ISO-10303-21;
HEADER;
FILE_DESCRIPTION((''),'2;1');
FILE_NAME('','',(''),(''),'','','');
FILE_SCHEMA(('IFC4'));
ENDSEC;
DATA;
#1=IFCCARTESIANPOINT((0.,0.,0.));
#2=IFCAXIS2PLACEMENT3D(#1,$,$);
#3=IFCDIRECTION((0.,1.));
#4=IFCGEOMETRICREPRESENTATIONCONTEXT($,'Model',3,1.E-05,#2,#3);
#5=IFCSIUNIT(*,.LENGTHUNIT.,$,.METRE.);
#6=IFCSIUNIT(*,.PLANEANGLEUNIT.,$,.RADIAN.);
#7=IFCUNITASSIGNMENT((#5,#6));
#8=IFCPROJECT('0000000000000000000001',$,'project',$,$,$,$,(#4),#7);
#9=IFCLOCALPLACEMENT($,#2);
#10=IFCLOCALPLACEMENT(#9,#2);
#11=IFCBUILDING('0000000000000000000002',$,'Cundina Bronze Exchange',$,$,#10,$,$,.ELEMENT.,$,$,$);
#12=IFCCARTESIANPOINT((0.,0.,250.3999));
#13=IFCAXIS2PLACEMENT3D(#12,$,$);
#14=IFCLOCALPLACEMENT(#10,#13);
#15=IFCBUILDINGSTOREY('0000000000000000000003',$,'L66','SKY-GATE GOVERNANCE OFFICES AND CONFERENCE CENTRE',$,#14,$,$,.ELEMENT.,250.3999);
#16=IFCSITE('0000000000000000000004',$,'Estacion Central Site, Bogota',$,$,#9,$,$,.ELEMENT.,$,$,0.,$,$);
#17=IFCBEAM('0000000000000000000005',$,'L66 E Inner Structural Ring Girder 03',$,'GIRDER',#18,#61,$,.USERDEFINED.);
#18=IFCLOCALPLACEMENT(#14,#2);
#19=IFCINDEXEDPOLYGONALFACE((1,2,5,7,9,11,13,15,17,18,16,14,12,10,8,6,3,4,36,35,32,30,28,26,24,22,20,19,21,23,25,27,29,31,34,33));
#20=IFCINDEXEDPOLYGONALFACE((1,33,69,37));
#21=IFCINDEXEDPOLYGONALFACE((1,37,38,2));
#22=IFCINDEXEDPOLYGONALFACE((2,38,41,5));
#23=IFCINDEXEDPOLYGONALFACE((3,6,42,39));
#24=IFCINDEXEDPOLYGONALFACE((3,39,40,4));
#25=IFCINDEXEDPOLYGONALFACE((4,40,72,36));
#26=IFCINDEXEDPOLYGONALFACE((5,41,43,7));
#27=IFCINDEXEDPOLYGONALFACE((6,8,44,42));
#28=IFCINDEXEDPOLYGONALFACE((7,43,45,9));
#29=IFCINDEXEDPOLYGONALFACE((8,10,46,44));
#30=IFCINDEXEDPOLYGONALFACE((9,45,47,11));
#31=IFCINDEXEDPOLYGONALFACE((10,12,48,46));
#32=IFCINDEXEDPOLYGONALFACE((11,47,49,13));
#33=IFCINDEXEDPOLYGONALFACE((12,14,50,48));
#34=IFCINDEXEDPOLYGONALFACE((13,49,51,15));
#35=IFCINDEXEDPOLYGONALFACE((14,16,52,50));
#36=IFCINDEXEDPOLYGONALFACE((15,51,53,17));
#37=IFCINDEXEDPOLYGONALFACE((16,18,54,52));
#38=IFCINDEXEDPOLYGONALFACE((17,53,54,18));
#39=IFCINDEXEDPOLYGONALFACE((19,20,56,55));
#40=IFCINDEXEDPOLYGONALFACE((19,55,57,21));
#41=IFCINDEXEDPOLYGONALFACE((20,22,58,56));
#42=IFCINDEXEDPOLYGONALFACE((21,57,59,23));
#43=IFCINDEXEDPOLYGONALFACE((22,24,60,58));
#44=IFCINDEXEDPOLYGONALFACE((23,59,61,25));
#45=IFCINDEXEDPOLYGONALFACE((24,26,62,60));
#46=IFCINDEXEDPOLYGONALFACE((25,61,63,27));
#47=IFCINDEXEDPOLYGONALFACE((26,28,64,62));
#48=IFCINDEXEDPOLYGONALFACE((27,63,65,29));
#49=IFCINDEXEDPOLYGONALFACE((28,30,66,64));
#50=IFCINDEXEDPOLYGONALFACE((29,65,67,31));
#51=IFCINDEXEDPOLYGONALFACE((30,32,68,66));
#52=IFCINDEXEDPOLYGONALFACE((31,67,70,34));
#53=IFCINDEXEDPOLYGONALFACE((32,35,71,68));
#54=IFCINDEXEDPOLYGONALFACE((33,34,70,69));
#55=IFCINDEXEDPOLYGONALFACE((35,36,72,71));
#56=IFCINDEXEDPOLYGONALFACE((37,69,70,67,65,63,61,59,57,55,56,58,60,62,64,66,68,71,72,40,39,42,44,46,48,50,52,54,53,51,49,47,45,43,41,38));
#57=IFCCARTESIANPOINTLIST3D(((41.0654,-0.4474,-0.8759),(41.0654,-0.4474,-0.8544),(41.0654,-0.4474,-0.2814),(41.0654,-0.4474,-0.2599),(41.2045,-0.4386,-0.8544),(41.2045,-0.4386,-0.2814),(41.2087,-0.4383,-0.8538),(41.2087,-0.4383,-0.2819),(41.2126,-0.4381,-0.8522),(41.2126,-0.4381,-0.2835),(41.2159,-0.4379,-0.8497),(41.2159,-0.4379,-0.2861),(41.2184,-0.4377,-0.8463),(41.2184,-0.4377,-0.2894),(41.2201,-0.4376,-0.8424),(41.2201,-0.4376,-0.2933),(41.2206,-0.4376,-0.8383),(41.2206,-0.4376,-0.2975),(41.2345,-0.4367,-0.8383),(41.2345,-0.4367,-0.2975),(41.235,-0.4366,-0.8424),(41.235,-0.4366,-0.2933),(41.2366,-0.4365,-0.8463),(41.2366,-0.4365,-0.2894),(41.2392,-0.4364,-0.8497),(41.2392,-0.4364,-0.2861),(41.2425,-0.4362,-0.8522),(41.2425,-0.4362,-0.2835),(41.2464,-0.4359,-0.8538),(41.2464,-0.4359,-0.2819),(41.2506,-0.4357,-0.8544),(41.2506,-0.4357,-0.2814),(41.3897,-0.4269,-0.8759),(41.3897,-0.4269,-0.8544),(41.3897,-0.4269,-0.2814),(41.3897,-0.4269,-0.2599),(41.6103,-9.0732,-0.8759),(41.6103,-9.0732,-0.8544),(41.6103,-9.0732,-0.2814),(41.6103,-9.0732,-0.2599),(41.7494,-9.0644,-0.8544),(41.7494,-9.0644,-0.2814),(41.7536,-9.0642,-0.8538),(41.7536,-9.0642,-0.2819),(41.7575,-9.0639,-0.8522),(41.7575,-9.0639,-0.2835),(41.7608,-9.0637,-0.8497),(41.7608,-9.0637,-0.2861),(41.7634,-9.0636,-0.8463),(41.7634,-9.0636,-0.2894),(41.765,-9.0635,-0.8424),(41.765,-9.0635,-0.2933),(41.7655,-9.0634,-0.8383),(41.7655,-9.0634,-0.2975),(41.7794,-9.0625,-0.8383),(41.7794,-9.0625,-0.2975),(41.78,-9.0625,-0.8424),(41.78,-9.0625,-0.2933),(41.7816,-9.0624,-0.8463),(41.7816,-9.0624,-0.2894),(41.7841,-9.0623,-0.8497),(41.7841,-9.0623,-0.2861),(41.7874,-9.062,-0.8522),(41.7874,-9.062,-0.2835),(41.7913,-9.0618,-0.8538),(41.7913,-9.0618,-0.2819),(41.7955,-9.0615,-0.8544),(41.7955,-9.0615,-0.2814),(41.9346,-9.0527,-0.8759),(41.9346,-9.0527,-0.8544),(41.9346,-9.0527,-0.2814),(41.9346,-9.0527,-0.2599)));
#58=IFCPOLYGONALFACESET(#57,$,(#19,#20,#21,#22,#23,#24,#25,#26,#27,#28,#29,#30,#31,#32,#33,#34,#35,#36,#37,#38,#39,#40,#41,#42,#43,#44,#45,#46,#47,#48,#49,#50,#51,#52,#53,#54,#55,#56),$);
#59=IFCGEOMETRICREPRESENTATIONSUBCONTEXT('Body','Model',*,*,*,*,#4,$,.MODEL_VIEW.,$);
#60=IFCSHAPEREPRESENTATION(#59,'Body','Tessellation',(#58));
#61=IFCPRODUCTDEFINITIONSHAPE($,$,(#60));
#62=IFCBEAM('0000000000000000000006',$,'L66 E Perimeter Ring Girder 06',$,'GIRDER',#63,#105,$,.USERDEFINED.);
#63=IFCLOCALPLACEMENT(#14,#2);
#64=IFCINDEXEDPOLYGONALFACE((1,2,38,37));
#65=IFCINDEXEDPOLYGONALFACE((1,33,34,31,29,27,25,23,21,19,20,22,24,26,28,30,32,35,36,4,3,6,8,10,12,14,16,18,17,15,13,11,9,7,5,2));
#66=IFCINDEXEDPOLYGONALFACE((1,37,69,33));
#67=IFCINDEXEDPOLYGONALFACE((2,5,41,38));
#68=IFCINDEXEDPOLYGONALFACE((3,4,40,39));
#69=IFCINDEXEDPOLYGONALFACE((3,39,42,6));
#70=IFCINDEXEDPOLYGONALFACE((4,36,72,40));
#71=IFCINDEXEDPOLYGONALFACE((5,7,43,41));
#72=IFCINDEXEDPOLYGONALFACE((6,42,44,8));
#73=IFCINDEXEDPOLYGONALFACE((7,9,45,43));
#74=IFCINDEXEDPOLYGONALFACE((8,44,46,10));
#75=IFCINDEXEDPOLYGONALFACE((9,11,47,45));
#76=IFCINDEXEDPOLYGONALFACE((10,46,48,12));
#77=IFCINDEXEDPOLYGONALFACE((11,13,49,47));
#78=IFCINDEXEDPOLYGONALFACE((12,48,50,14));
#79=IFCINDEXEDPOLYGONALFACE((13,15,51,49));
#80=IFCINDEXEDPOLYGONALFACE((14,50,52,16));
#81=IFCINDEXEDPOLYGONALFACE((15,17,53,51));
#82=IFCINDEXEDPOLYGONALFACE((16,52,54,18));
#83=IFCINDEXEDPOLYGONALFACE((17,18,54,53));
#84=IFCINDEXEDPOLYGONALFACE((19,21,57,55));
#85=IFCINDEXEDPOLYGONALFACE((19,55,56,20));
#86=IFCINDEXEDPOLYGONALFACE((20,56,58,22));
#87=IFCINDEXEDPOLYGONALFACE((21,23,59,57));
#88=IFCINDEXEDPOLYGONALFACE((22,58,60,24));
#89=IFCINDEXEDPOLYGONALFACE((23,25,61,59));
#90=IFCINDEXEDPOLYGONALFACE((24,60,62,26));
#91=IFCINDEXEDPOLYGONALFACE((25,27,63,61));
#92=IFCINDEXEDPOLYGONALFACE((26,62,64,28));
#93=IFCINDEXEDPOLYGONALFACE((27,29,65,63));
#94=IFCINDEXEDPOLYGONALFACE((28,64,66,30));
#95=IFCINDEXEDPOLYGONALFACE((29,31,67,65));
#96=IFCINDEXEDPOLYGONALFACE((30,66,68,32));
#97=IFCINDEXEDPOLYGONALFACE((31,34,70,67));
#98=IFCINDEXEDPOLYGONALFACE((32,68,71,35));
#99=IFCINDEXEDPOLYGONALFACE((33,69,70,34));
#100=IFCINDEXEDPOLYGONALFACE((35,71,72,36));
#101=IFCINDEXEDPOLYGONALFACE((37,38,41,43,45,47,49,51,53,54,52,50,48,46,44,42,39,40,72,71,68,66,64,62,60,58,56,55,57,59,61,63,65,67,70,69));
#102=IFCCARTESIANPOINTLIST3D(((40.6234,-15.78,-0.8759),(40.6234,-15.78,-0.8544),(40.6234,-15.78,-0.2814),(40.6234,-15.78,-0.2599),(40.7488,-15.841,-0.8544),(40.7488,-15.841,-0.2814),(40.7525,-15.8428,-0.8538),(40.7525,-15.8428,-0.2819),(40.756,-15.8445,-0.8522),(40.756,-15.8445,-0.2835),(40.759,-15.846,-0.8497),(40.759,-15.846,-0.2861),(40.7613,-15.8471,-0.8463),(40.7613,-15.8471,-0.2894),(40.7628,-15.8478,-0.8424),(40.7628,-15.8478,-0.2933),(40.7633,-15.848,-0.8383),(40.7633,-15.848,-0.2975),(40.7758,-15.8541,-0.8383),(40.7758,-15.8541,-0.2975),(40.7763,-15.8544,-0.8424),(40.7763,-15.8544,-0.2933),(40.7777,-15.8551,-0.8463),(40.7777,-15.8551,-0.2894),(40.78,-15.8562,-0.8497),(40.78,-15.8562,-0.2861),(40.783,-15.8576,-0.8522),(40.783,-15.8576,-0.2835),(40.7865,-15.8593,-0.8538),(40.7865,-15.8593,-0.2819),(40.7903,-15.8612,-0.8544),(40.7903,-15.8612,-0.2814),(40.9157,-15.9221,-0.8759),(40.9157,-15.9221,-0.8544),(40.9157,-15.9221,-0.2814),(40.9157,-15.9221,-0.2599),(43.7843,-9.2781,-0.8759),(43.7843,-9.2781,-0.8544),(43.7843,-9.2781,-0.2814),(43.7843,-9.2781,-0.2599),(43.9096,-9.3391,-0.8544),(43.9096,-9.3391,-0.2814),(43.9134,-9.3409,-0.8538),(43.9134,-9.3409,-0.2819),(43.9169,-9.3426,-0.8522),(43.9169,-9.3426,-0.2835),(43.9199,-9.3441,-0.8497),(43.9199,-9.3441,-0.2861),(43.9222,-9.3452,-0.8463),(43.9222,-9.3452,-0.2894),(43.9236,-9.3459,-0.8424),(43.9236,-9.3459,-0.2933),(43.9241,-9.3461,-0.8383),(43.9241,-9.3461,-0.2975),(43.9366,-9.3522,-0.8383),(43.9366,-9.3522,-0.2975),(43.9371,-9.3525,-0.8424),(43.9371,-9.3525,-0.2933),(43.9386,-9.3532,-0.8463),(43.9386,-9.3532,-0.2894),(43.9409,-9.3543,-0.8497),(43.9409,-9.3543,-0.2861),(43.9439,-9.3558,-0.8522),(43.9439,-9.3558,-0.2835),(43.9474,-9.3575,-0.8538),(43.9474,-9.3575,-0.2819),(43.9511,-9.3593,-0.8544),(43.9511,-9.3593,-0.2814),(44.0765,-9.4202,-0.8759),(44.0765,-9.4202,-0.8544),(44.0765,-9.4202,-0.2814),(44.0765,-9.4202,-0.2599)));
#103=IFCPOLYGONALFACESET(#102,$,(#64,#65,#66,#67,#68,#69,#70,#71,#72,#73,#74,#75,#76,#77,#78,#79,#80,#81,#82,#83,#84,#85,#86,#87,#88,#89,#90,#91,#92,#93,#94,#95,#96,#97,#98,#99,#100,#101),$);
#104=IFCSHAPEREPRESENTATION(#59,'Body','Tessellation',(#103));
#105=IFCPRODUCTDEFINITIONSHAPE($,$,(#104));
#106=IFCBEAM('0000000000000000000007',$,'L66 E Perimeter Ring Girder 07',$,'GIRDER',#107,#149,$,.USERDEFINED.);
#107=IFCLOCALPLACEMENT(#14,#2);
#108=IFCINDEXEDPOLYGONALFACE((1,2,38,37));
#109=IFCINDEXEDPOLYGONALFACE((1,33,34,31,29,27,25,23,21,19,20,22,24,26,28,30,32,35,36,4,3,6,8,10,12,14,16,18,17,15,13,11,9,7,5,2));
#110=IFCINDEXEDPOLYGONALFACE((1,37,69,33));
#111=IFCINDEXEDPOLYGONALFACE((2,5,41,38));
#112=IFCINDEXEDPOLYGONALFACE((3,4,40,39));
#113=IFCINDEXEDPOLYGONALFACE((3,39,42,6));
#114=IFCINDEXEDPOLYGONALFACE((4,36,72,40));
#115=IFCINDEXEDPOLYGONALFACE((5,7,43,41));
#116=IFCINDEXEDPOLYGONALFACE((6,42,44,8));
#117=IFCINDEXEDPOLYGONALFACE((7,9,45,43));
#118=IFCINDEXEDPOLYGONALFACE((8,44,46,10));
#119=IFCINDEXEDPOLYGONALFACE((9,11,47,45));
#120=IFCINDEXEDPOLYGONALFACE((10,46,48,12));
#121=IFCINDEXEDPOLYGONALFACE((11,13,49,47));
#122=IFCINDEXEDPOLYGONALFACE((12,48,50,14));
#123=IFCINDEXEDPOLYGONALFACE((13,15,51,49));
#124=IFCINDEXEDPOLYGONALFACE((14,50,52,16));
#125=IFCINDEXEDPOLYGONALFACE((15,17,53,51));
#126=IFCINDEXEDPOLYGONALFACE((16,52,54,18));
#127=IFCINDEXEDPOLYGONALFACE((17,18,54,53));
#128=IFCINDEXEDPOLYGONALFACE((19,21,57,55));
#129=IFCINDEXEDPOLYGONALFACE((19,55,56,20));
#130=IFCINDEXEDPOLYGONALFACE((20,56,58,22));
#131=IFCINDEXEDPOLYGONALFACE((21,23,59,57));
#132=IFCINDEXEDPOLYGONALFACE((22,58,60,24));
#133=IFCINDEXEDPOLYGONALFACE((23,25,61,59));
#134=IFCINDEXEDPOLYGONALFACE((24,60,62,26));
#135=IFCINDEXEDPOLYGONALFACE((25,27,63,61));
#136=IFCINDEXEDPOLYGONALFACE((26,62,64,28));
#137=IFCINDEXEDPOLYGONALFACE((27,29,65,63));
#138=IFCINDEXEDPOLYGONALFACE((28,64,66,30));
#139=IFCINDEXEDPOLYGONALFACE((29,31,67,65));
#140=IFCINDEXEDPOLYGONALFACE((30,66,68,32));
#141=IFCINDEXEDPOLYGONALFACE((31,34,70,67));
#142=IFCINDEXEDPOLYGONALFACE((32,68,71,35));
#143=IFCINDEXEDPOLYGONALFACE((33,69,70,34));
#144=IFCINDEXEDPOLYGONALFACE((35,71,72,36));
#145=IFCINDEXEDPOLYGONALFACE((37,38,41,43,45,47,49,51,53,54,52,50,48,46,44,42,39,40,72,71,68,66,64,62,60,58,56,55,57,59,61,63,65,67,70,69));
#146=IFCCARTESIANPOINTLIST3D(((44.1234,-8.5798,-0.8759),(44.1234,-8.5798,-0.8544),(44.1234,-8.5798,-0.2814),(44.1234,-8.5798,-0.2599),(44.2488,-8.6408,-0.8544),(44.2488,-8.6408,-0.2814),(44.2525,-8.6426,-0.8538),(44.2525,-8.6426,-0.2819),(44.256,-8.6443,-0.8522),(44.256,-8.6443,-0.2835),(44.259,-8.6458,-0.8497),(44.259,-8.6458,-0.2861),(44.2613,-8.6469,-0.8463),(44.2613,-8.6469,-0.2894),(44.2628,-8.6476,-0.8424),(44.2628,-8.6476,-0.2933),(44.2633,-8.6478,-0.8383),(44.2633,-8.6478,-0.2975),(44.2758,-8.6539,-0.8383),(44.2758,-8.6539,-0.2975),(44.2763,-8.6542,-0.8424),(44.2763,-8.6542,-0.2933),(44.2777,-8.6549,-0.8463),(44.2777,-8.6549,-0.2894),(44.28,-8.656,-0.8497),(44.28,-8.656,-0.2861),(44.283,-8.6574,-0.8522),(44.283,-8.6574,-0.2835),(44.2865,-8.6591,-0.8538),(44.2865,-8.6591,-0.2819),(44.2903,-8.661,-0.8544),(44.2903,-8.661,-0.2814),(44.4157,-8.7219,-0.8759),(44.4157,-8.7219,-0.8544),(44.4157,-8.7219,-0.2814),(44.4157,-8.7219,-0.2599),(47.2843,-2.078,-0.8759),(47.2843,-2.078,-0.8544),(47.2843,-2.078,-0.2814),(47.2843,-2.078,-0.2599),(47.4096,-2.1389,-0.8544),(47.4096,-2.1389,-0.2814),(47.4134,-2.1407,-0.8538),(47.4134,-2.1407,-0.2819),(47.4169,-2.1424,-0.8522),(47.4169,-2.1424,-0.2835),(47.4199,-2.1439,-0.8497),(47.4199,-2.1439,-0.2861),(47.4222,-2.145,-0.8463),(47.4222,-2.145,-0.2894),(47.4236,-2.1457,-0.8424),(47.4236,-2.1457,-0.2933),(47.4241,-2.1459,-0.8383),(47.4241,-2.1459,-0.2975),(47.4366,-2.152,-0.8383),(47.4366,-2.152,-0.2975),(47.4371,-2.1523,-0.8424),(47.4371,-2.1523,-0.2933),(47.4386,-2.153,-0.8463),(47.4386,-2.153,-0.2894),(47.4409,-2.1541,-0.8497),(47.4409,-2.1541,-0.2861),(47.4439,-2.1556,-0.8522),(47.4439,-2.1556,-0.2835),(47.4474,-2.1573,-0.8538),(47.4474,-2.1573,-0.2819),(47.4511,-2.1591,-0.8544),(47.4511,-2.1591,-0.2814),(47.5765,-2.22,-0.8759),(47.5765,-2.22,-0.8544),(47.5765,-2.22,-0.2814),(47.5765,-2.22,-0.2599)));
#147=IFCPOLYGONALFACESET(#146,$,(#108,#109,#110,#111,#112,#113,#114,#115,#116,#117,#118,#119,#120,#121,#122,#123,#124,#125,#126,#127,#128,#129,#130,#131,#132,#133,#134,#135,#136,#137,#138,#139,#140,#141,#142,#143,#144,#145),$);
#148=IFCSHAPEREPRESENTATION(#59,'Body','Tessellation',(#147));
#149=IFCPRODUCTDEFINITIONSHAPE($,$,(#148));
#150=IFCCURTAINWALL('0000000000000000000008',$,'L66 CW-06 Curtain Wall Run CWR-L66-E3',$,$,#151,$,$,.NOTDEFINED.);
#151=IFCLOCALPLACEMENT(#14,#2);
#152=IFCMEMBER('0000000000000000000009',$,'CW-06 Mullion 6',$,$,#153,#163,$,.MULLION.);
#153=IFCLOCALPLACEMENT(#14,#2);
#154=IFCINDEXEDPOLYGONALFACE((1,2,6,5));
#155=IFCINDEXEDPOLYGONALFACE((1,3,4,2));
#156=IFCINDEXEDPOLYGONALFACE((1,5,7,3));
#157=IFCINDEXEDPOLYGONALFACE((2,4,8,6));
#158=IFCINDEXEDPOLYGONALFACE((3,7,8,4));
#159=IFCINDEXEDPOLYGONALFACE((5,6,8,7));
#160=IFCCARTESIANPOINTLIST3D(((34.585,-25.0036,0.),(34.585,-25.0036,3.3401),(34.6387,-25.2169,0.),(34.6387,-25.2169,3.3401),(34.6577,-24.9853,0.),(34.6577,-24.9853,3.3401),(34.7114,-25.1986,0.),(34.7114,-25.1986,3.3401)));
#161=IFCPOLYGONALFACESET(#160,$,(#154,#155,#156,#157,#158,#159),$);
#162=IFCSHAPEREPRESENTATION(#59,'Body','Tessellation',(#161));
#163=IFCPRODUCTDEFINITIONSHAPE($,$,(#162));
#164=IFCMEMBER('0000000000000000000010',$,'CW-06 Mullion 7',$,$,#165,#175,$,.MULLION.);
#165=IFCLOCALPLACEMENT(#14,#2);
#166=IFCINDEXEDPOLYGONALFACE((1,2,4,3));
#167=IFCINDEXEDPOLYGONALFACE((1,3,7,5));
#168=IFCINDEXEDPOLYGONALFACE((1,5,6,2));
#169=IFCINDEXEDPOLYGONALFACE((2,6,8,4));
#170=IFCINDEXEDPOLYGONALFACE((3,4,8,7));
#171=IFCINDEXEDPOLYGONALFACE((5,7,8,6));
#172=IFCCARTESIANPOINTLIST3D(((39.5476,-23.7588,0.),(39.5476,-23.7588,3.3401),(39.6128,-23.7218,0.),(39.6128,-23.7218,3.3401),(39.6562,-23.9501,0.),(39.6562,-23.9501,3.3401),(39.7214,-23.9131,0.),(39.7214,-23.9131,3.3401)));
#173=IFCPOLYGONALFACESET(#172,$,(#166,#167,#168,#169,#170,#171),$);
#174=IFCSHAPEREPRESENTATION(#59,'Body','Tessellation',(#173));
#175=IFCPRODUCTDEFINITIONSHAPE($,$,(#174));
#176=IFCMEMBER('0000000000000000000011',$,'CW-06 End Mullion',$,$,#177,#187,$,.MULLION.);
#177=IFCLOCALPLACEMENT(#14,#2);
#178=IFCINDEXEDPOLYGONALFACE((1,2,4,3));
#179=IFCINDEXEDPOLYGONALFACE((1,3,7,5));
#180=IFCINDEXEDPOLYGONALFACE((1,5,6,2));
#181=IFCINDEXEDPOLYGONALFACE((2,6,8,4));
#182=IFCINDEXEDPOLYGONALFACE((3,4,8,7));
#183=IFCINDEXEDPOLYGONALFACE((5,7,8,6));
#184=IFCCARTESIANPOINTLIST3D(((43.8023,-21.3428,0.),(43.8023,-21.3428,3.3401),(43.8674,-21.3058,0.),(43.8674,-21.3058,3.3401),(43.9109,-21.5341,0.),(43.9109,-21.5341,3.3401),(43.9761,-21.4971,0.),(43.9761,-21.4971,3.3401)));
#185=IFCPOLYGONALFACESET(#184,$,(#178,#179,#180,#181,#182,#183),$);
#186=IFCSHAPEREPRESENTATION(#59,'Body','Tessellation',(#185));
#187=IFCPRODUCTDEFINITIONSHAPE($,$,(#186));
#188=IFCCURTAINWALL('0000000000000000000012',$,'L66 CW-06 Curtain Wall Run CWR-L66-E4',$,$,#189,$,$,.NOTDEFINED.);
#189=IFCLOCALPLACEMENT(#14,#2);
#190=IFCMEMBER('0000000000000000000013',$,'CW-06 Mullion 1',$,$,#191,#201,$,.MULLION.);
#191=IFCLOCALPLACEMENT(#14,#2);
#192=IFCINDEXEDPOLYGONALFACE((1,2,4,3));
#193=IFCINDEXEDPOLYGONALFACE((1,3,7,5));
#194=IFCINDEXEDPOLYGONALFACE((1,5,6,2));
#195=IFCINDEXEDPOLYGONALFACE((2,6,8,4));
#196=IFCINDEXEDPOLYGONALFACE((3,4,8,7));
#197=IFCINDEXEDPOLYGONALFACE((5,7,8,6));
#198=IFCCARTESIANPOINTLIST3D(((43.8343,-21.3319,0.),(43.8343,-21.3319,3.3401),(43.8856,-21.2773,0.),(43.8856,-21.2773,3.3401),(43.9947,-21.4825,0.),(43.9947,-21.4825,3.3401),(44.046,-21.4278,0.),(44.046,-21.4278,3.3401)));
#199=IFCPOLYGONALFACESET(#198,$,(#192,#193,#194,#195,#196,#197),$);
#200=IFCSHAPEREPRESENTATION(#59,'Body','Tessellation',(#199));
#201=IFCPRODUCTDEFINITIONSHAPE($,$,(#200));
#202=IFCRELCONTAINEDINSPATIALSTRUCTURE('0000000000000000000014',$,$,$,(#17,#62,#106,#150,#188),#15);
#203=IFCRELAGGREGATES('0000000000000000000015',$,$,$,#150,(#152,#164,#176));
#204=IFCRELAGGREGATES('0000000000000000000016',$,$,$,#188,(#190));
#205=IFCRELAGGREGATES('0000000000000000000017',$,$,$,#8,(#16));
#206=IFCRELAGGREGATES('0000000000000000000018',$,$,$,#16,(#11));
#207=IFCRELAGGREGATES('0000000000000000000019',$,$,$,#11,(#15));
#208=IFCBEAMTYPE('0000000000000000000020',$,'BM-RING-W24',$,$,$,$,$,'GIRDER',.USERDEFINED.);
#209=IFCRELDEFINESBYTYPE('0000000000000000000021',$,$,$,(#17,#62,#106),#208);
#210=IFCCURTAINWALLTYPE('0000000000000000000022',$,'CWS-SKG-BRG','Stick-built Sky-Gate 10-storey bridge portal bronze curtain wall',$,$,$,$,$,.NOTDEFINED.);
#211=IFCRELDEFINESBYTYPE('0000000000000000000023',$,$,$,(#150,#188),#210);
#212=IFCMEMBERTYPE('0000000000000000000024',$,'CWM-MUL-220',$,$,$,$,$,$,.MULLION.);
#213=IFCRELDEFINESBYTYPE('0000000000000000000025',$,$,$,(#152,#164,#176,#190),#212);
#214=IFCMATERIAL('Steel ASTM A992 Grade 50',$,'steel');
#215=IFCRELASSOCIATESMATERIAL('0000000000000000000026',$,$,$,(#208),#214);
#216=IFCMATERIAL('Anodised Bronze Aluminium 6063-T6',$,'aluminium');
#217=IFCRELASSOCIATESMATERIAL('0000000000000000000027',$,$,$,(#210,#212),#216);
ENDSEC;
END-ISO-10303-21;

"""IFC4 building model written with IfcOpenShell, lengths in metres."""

from ifc_helpers import new_model, si_unit, direction, frame, origin, origin_2d, place, context, subcontext, project, spatial, rectangle, i_section, extrude, material, material_profile, profile_set, type_object, element, aggregate, save


model = new_model("IFC4")

# Units and contexts
model_context = context("Model", 3, precision=1e-05, world=origin(), true_north=direction((0.0, 1.0)))
body_context = subcontext(model_context, "Body", "Model", "MODEL_VIEW")
ifc_project = project(units=[si_unit("LENGTHUNIT", "METRE"), si_unit("PLANEANGLEUNIT", "RADIAN")], contexts=[model_context])

# Site, building, storey
site_placement = place(None, origin())
site = spatial("IfcSite", under=ifc_project, at=site_placement, Name="Estacion Central Site, Bogota", CompositionType="ELEMENT", RefElevation=0.0)
building_placement = place(site_placement, origin())
building = spatial("IfcBuilding", under=site, at=building_placement, Name="Cundina Bronze Exchange", CompositionType="ELEMENT")
storey_placement = place(building_placement, frame((0.0, 0.0, 250.3999)))
storey = spatial("IfcBuildingStorey", under=building, at=storey_placement, Name="L66", Description="SKY-GATE GOVERNANCE OFFICES AND CONFERENCE CENTRE", CompositionType="ELEMENT", Elevation=250.3999)

# Beams
ifc_material_1 = material(Name="Steel ASTM A992 Grade 50", Category="steel")
ifc_material_profile_1 = material_profile(ifc_material_1, i_section(OverallWidth=0.325, OverallDepth=0.616, WebThickness=0.0139, FlangeThickness=0.0215, FilletRadius=0.0161, at=origin_2d()), Name="W24X117", Category="steel")
ifc_profile_set_1 = profile_set([ifc_material_profile_1], Name="Steel ASTM A992 Grade 50")
beam_type_1 = type_object("IfcBeamType", Name="BM-RING-W24", ElementType="GIRDER", PredefinedType="USERDEFINED", material=ifc_profile_set_1)
beam_1_placement = place(storey_placement, frame((41.7725, -9.063, -0.5679), z_axis=(-0.063047, 0.998011, 0.0), x_axis=(-0.998011, -0.063047, 0.0)))
element("IfcBeam", 1, at=beam_1_placement, inside=storey, type_object=beam_type_1, Name="L66 E Inner Structural Ring Girder 03", ObjectType="GIRDER", PredefinedType="USERDEFINED", context=body_context, shape_type="SweptSolid", body=[
    extrude(i_section(OverallWidth=0.325, OverallDepth=0.616, WebThickness=0.0139, FlangeThickness=0.0215, FilletRadius=0.0161, at=origin_2d()), origin(), (0.0, 0.0, 1.0), 8.6431),
])
for number, where, z_axis, x_axis, name in (
    (2, (40.7695, -15.8511, -0.5679), (0.437217, 0.899356, 0.0), (-0.899356, 0.437217, 0.0), "L66 E Perimeter Ring Girder 06"),
    (3, (44.2695, -8.6509, -0.5679), (0.437217, 0.899356, 0.0), (-0.899356, 0.437217, 0.0), "L66 E Perimeter Ring Girder 07"),
):
    element("IfcBeam", number, at=place(storey_placement, frame(where, z_axis=z_axis, x_axis=x_axis)), inside=storey, type_object=beam_type_1, Name=name, ObjectType="GIRDER", PredefinedType="USERDEFINED", context=body_context, shape_type="SweptSolid", body=[
        extrude(i_section(OverallWidth=0.325, OverallDepth=0.616, WebThickness=0.0139, FlangeThickness=0.0215, FilletRadius=0.0161, at=origin_2d()), origin(), (0.0, 0.0, 1.0), 7.2295),
    ])

# Curtain walls, members
ifc_material_2 = material(Name="Anodised Bronze Aluminium 6063-T6", Category="aluminium")
curtain_wall_type = type_object("IfcCurtainWallType", Name="CWS-SKG-BRG", Description="Stick-built Sky-Gate 10-storey bridge portal bronze curtain wall", PredefinedType="NOTDEFINED", material=ifc_material_2)
curtain_wall_1_placement = place(storey_placement, origin())
curtain_wall_1 = element("IfcCurtainWall", 4, at=curtain_wall_1_placement, inside=storey, type_object=curtain_wall_type, Name="L66 CW-06 Curtain Wall Run CWR-L66-E3", PredefinedType="NOTDEFINED")
ifc_material_profile_2 = material_profile(ifc_material_2, rectangle(XDim=0.075, YDim=0.22, at=origin_2d()), Name="AL75X220", Category="aluminium")
ifc_profile_set_2 = profile_set([ifc_material_profile_2], Name="Anodised Bronze Aluminium 6063-T6")
member_type_1 = type_object("IfcMemberType", Name="CWM-MUL-220", PredefinedType="MULLION", material=ifc_profile_set_2)
member_1_placement = place(storey_placement, frame((34.6482, -25.1011, 0.0), z_axis=(0.0, 0.0, 1.0), x_axis=(0.969744, 0.244123, 0.0)))
member_1 = element("IfcMember", 5, at=member_1_placement, type_object=member_type_1, Name="CW-06 Mullion 6", PredefinedType="MULLION", context=body_context, shape_type="SweptSolid", body=[
    extrude(rectangle(XDim=0.075, YDim=0.22, at=origin_2d()), origin(), (0.0, 0.0, 1.0), 3.3401),
])
member_2_placement = place(storey_placement, frame((39.6345, -23.8359, 0.0), z_axis=(0.0, 0.0, 1.0), x_axis=(0.869581, 0.49379, 0.0)))
member_2 = element("IfcMember", 6, at=member_2_placement, type_object=member_type_1, Name="CW-06 Mullion 7", PredefinedType="MULLION", context=body_context, shape_type="SweptSolid", body=[
    extrude(rectangle(XDim=0.075, YDim=0.22, at=origin_2d()), origin(), (0.0, 0.0, 1.0), 3.3401),
])
member_3_placement = place(storey_placement, frame((43.8892, -21.4199, 0.0), z_axis=(0.0, 0.0, 1.0), x_axis=(0.869581, 0.49379, 0.0)))
member_3 = element("IfcMember", 7, at=member_3_placement, type_object=member_type_1, Name="CW-06 End Mullion", PredefinedType="MULLION", context=body_context, shape_type="SweptSolid", body=[
    extrude(rectangle(XDim=0.075, YDim=0.22, at=origin_2d()), origin(), (0.0, 0.0, 1.0), 3.3401),
])
curtain_wall_2_placement = place(storey_placement, origin())
curtain_wall_2 = element("IfcCurtainWall", 8, at=curtain_wall_2_placement, inside=storey, type_object=curtain_wall_type, Name="L66 CW-06 Curtain Wall Run CWR-L66-E4", PredefinedType="NOTDEFINED")
member_4_placement = place(storey_placement, frame((43.9402, -21.3799, 0.0), z_axis=(0.0, 0.0, 1.0), x_axis=(0.684293, 0.729208, 0.0)))
member_4 = element("IfcMember", 9, at=member_4_placement, type_object=member_type_1, Name="CW-06 Mullion 1", PredefinedType="MULLION", context=body_context, shape_type="SweptSolid", body=[
    extrude(rectangle(XDim=0.075, YDim=0.22, at=origin_2d()), origin(), (0.0, 0.0, 1.0), 3.3401),
])

aggregate(curtain_wall_1, [member_1, member_2, member_3])
aggregate(curtain_wall_2, [member_4])

save(model, "model.ifc")
